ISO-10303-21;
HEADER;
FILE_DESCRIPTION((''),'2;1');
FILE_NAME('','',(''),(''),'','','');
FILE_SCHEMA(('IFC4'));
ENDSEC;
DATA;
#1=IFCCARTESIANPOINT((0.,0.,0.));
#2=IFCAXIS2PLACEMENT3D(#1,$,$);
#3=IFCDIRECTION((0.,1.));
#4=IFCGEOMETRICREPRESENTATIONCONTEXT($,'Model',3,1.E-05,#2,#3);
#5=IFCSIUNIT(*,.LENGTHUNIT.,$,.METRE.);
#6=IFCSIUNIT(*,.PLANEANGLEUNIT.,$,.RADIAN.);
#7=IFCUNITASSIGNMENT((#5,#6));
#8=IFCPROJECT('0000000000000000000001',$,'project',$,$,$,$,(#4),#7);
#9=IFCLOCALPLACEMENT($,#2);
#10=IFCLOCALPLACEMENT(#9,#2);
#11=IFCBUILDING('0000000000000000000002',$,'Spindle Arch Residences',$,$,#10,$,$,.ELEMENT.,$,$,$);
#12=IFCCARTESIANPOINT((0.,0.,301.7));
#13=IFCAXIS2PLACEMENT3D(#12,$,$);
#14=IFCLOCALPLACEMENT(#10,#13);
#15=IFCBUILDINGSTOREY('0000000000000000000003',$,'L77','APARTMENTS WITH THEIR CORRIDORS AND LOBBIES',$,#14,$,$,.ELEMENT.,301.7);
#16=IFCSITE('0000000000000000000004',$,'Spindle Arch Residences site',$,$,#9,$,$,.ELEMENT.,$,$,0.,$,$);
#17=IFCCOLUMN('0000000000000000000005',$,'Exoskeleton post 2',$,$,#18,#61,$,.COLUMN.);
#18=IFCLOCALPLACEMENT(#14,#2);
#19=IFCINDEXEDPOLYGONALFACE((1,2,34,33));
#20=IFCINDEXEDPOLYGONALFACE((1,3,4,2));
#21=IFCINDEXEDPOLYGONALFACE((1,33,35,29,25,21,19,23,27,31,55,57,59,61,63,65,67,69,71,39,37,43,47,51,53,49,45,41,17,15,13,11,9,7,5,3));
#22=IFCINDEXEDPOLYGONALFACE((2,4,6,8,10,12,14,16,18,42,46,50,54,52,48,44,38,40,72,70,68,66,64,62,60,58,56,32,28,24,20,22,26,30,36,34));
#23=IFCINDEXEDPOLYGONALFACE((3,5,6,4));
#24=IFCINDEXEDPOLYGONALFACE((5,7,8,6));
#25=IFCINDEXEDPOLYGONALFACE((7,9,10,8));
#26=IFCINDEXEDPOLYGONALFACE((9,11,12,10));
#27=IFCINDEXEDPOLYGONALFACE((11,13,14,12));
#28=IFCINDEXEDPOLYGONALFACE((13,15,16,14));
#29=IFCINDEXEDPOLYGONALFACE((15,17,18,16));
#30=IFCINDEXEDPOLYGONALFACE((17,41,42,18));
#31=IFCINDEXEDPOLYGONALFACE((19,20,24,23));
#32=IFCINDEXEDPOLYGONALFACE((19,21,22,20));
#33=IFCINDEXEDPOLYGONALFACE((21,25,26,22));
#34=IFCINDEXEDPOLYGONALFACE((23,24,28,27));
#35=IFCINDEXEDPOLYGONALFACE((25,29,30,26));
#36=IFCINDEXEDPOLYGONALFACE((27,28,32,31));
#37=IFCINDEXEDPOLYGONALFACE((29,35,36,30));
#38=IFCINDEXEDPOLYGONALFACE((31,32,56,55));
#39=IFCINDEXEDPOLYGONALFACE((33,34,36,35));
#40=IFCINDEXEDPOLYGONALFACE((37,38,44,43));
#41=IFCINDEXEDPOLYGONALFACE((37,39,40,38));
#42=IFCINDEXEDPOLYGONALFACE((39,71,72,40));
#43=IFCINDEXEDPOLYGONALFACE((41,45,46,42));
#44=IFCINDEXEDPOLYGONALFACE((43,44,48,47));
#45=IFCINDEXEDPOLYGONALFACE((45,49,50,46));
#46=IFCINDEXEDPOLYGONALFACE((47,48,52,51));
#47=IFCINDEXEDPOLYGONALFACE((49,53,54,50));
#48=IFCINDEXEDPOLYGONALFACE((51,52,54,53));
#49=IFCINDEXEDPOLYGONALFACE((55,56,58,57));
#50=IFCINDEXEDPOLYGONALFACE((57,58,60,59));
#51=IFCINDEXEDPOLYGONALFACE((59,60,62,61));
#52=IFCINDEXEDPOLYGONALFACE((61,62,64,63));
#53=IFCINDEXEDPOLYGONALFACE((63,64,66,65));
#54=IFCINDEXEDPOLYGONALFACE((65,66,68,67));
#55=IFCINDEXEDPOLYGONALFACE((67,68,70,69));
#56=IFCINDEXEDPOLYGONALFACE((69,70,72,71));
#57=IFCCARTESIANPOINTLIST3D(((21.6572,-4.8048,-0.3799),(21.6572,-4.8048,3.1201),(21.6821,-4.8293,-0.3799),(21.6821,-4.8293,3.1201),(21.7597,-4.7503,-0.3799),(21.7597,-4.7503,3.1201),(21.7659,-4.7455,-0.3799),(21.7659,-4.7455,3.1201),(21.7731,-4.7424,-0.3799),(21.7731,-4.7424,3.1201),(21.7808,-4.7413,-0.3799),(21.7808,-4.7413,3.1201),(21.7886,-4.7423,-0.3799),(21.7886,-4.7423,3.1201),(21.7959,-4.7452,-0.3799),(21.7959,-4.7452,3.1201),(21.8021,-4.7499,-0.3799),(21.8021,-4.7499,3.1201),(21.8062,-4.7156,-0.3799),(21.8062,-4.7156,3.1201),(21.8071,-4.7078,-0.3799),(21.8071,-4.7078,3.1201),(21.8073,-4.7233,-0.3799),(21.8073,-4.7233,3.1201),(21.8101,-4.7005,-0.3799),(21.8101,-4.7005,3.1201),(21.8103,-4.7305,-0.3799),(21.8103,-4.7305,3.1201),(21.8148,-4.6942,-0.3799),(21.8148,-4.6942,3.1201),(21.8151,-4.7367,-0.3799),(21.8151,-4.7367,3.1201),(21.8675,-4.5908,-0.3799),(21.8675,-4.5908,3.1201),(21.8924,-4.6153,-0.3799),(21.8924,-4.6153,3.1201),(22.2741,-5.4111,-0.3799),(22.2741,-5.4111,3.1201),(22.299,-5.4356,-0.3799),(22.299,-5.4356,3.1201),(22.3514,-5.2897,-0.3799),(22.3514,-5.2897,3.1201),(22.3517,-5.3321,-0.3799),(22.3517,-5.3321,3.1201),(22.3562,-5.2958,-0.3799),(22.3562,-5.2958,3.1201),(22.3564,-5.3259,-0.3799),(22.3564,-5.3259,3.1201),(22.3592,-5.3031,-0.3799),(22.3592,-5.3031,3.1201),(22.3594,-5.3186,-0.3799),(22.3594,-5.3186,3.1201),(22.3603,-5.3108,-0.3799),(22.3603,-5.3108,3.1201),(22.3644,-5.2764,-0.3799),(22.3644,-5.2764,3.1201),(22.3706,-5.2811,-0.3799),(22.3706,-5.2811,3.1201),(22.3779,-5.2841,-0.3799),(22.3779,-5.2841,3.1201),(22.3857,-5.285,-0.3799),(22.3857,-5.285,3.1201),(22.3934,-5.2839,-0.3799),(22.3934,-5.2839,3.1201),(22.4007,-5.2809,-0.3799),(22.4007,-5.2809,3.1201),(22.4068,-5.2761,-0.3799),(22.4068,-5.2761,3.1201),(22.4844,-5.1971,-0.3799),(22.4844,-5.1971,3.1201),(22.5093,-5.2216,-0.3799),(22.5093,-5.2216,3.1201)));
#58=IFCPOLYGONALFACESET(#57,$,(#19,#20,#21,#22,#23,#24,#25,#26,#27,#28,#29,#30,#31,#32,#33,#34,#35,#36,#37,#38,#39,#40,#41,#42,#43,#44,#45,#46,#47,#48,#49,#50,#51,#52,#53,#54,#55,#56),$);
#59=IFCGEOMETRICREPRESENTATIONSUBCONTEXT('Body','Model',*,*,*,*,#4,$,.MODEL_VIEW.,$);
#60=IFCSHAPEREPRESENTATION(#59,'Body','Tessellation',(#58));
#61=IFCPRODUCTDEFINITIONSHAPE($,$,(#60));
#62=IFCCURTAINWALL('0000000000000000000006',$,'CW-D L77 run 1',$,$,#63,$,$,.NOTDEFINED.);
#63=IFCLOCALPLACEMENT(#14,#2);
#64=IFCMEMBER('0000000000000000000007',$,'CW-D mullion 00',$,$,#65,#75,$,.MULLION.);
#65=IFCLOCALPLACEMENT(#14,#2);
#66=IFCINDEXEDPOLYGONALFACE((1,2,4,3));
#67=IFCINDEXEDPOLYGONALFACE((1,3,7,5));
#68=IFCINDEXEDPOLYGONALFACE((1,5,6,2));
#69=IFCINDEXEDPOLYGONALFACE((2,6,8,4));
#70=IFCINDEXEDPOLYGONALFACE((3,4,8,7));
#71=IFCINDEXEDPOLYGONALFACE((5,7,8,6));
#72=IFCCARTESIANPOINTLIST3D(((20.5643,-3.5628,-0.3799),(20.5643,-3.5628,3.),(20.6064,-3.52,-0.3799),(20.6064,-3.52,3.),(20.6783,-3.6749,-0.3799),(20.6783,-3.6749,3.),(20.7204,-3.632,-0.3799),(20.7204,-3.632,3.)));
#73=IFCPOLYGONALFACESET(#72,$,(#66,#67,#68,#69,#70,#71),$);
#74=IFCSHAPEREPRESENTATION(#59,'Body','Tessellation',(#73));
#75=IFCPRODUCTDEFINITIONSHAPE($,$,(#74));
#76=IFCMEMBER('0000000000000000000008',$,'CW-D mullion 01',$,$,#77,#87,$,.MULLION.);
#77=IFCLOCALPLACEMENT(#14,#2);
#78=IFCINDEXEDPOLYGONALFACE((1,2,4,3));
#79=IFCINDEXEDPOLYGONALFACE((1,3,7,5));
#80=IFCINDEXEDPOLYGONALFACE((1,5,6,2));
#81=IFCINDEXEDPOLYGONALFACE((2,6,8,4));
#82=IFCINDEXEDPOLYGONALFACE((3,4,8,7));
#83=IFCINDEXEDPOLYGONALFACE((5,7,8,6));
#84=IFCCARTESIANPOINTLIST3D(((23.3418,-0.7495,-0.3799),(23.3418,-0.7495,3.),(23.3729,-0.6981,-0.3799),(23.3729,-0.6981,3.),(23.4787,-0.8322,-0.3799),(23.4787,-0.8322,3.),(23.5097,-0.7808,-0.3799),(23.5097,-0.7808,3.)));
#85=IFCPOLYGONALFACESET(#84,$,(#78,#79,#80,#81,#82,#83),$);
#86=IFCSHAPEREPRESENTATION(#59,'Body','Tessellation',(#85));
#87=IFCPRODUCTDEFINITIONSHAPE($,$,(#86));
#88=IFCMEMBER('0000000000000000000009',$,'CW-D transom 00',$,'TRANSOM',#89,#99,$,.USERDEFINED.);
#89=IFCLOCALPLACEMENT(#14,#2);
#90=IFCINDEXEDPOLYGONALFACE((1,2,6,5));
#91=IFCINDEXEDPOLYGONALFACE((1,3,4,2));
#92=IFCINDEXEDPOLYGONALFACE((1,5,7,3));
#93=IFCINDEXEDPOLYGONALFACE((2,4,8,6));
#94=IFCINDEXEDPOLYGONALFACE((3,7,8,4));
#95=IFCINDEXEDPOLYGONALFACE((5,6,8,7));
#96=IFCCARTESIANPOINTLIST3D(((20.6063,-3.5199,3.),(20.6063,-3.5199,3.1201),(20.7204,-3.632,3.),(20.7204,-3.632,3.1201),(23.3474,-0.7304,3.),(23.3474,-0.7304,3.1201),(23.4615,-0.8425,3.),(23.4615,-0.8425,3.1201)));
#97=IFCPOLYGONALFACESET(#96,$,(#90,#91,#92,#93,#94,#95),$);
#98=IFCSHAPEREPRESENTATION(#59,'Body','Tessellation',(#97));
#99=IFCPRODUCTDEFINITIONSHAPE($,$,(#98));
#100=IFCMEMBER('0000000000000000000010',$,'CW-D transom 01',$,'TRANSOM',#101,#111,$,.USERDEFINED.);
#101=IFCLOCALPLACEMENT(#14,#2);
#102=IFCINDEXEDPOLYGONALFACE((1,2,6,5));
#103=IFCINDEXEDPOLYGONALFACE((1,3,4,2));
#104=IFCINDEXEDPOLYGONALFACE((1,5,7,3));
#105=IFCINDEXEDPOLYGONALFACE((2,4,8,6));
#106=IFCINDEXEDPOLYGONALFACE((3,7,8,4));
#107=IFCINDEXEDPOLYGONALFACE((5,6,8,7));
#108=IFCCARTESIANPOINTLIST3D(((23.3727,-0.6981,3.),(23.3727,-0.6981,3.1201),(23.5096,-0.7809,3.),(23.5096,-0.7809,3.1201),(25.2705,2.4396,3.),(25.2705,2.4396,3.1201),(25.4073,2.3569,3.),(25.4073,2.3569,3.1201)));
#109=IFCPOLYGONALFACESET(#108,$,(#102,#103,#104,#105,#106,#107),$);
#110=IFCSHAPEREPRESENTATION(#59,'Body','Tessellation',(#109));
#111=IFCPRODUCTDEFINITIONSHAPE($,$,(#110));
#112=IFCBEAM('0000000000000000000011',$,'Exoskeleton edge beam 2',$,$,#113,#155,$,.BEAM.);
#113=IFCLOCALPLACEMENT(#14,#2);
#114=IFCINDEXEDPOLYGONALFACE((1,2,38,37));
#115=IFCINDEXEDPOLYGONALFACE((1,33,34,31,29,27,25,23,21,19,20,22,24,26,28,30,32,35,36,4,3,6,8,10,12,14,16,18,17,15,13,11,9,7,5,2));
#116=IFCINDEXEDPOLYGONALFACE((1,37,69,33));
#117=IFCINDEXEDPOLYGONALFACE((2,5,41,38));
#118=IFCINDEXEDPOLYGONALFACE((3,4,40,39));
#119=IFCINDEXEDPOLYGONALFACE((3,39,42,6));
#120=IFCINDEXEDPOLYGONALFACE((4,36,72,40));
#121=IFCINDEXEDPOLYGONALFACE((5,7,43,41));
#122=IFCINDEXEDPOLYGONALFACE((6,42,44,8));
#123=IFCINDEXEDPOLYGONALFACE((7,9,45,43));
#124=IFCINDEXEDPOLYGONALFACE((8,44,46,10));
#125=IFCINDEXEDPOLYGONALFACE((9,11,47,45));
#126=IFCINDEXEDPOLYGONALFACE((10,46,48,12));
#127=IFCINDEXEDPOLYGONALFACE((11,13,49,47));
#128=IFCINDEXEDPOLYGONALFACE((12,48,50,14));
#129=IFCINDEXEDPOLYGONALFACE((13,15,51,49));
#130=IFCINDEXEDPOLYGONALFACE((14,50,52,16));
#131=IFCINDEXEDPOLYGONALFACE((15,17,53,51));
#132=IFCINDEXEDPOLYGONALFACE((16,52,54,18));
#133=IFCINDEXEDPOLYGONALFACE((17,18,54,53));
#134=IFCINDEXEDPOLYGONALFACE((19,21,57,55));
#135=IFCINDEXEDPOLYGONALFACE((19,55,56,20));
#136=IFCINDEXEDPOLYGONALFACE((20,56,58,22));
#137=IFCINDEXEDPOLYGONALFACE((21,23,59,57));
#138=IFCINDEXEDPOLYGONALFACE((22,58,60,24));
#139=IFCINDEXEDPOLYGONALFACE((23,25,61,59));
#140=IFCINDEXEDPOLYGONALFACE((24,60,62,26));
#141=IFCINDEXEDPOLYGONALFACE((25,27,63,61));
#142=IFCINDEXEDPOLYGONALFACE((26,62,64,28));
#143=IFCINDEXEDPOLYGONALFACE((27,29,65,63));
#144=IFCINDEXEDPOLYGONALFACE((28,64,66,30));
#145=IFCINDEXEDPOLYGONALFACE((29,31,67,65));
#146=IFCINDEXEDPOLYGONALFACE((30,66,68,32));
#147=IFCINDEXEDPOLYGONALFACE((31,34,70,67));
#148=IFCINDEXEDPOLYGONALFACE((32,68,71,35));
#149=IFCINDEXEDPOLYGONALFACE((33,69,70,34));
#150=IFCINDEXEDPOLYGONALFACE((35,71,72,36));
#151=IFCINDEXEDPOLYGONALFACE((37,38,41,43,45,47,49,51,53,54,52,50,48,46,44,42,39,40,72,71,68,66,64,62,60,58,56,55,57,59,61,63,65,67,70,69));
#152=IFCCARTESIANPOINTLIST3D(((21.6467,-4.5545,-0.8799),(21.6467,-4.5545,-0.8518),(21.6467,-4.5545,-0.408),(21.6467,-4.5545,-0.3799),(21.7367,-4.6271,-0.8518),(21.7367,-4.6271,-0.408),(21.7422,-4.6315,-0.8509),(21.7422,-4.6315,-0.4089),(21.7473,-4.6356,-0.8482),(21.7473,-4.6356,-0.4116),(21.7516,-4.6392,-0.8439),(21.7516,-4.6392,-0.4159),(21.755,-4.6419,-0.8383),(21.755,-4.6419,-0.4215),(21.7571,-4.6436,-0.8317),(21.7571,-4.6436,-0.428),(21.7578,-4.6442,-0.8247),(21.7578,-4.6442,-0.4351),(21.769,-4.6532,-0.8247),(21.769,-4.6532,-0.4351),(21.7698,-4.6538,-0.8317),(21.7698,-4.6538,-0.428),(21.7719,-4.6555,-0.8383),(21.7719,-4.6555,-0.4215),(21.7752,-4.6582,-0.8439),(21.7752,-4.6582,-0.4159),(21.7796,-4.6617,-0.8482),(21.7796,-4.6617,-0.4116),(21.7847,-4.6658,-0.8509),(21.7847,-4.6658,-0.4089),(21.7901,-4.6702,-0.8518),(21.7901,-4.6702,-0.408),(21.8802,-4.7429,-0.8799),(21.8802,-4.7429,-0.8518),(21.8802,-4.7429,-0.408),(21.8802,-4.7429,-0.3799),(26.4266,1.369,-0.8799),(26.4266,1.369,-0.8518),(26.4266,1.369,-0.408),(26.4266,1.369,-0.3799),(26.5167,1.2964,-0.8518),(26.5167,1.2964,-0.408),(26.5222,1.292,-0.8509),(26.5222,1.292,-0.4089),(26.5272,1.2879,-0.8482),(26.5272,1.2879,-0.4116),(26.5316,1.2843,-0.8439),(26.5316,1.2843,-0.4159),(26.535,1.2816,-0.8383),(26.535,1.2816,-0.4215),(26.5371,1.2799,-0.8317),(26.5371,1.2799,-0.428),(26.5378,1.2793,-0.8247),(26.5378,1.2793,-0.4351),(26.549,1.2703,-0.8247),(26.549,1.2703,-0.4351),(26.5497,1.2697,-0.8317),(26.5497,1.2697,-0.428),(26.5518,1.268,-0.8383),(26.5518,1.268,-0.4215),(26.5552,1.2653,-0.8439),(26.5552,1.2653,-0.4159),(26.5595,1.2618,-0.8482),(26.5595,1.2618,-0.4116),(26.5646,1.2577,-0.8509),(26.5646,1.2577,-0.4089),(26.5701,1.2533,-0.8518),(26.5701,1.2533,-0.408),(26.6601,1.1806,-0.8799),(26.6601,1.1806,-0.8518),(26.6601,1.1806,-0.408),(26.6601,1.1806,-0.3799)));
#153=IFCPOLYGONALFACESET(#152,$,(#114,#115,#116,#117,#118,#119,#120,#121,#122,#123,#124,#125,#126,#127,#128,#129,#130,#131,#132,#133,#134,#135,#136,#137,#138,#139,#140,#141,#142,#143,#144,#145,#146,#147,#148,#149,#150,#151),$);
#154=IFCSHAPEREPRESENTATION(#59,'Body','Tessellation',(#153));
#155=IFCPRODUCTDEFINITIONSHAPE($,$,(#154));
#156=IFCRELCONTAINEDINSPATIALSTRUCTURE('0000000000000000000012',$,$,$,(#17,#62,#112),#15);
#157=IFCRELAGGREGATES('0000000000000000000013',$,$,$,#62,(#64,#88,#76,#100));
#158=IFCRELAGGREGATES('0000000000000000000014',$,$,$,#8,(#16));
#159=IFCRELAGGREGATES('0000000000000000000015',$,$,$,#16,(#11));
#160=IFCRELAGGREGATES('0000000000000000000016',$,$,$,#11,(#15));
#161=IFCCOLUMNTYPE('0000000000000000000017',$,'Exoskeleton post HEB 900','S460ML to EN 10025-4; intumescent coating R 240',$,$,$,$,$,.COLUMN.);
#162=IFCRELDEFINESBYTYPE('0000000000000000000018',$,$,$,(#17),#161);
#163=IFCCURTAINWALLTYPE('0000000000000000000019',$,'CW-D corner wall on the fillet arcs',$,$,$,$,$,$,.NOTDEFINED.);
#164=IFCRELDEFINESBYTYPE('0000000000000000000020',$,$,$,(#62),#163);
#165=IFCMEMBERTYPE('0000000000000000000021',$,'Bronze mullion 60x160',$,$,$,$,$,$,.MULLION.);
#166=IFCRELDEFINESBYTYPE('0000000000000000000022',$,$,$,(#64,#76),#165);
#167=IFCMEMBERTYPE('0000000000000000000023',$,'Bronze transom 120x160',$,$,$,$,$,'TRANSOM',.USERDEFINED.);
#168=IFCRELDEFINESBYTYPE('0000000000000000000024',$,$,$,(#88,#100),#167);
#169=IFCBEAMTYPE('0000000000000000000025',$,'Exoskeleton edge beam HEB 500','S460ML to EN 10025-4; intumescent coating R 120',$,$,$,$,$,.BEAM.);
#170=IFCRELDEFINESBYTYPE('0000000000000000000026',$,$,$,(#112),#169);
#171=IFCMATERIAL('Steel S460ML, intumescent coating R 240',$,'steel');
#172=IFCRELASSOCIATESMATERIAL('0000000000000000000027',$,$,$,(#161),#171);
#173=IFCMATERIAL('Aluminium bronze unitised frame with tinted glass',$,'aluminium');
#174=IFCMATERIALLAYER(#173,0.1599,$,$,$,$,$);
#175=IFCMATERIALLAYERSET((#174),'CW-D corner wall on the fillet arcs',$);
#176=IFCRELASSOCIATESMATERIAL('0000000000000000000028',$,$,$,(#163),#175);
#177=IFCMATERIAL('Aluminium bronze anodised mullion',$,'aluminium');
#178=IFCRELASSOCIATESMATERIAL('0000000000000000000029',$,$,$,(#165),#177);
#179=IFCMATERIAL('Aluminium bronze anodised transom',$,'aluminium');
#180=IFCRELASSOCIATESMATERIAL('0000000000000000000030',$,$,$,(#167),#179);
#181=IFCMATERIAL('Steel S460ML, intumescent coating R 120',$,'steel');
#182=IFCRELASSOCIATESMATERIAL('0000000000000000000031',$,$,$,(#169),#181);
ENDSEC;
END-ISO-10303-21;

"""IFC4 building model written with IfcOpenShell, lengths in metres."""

from ifc_helpers import new_model, si_unit, direction, frame, origin, origin_2d, place, context, subcontext, project, spatial, rectangle, i_section, extrude, material, layer, layer_set, material_profile, profile_set, type_object, element, aggregate, save


model = new_model("IFC4")

# Units and contexts
model_context = context("Model", 3, precision=1e-05, world=origin(), true_north=direction((0.0, 1.0)))
body_context = subcontext(model_context, "Body", "Model", "MODEL_VIEW")
ifc_project = project(units=[si_unit("LENGTHUNIT", "METRE"), si_unit("PLANEANGLEUNIT", "RADIAN")], contexts=[model_context])

# Site, building, storey
site_placement = place(None, origin())
site = spatial("IfcSite", under=ifc_project, at=site_placement, Name="Spindle Arch Residences site", CompositionType="ELEMENT", RefElevation=0.0)
building_placement = place(site_placement, origin())
building = spatial("IfcBuilding", under=site, at=building_placement, Name="Spindle Arch Residences", CompositionType="ELEMENT")
storey_placement = place(building_placement, frame((0.0, 0.0, 301.7)))
storey = spatial("IfcBuildingStorey", under=building, at=storey_placement, Name="L77", Description="APARTMENTS WITH THEIR CORRIDORS AND LOBBIES", CompositionType="ELEMENT", Elevation=301.7)

# Column
ifc_material_1 = material(Name="Steel S460ML, intumescent coating R 240", Category="steel")
ifc_material_profile_1 = material_profile(ifc_material_1, i_section(OverallWidth=0.3, OverallDepth=0.8999, WebThickness=0.0186, FlangeThickness=0.0349, FilletRadius=0.03, at=origin_2d()), Name="HEB 900")
ifc_profile_set_1 = profile_set([ifc_material_profile_1], Name="Steel S460ML, intumescent coating R 240")
column_type = type_object("IfcColumnType", Name="Exoskeleton post HEB 900", Description="S460ML to EN 10025-4; intumescent coating R 240", PredefinedType="COLUMN", material=ifc_profile_set_1)
column_placement = place(storey_placement, frame((22.0833, -5.0132, -0.3799), z_axis=(0.0, 0.0, 1.0), x_axis=(-0.700909, -0.71325, 0.0)))
element("IfcColumn", 1, at=column_placement, inside=storey, type_object=column_type, Name="Exoskeleton post 2", PredefinedType="COLUMN", context=body_context, shape_type="SweptSolid", body=[
    extrude(i_section(OverallWidth=0.3, OverallDepth=0.8999, WebThickness=0.0186, FlangeThickness=0.0349, FilletRadius=0.03, at=origin_2d()), origin(), (0.0, 0.0, 1.0), 3.5),
])

# Curtain wall, members
ifc_material_2 = material(Name="Aluminium bronze unitised frame with tinted glass", Category="aluminium")
ifc_layer_1 = layer(ifc_material_2, 0.1599)
ifc_layer_set_1 = layer_set([ifc_layer_1], Name="CW-D corner wall on the fillet arcs")
curtain_wall_type_1 = type_object("IfcCurtainWallType", Name="CW-D corner wall on the fillet arcs", PredefinedType="NOTDEFINED", material=ifc_layer_set_1)
curtain_wall_1_placement = place(storey_placement, origin())
curtain_wall_1 = element("IfcCurtainWall", 2, at=curtain_wall_1_placement, inside=storey, type_object=curtain_wall_type_1, Name="CW-D L77 run 1", PredefinedType="NOTDEFINED")
ifc_material_3 = material(Name="Aluminium bronze anodised mullion", Category="aluminium")
ifc_material_profile_2 = material_profile(ifc_material_3, rectangle(XDim=0.1599, YDim=0.0601, at=origin_2d()), Name="MU 60x160")
ifc_profile_set_2 = profile_set([ifc_material_profile_2], Name="Aluminium bronze anodised mullion")
member_type_1 = type_object("IfcMemberType", Name="Bronze mullion 60x160", PredefinedType="MULLION", material=ifc_profile_set_2)
member_1_placement = place(storey_placement, frame((20.6423, -3.5974, -0.3799), z_axis=(0.0, 0.0, 1.0), x_axis=(-0.71325, 0.700909, 0.0)))
member_1 = element("IfcMember", 3, at=member_1_placement, type_object=member_type_1, Name="CW-D mullion 00", PredefinedType="MULLION", context=body_context, shape_type="SweptSolid", body=[
    extrude(rectangle(XDim=0.1599, YDim=0.0601, at=origin_2d()), origin(), (0.0, 0.0, 1.0), 3.3799),
])
member_2_placement = place(storey_placement, frame((23.4258, -0.7651, -0.3799), z_axis=(0.0, 0.0, 1.0), x_axis=(-0.855665, 0.517529, 0.0)))
member_2 = element("IfcMember", 4, at=member_2_placement, type_object=member_type_1, Name="CW-D mullion 01", PredefinedType="MULLION", context=body_context, shape_type="SweptSolid", body=[
    extrude(rectangle(XDim=0.1599, YDim=0.0601, at=origin_2d()), origin(), (0.0, 0.0, 1.0), 3.3799),
])
ifc_material_4 = material(Name="Aluminium bronze anodised transom", Category="aluminium")
ifc_material_profile_3 = material_profile(ifc_material_4, rectangle(XDim=0.1599, YDim=0.1201, at=origin_2d()), Name="TR 120x160")
ifc_profile_set_3 = profile_set([ifc_material_profile_3], Name="Aluminium bronze anodised transom")
member_type_2 = type_object("IfcMemberType", Name="Bronze transom 120x160", ElementType="TRANSOM", PredefinedType="USERDEFINED", material=ifc_profile_set_3)
member_3_placement = place(storey_placement, frame((20.6633, -3.5759, 3.0601), z_axis=(0.7009, 0.71326, 0.0), x_axis=(-0.71326, 0.7009, 0.0)))
member_3 = element("IfcMember", 5, at=member_3_placement, type_object=member_type_2, Name="CW-D transom 00", ObjectType="TRANSOM", PredefinedType="USERDEFINED", context=body_context, shape_type="SweptSolid", body=[
    extrude(rectangle(XDim=0.1599, YDim=0.1201, at=origin_2d()), origin(), (0.0, 0.0, 1.0), 3.9109),
])
member_4_placement = place(storey_placement, frame((23.4412, -0.7395, 3.0601), z_axis=(0.517518, 0.855672, 0.0), x_axis=(-0.855672, 0.517518, 0.0)))
member_4 = element("IfcMember", 6, at=member_4_placement, type_object=member_type_2, Name="CW-D transom 01", ObjectType="TRANSOM", PredefinedType="USERDEFINED", context=body_context, shape_type="SweptSolid", body=[
    extrude(rectangle(XDim=0.1599, YDim=0.1201, at=origin_2d()), origin(), (0.0, 0.0, 1.0), 3.667),
])

# Beam
ifc_material_5 = material(Name="Steel S460ML, intumescent coating R 120", Category="steel")
ifc_material_profile_4 = material_profile(ifc_material_5, i_section(OverallWidth=0.3, OverallDepth=0.5, WebThickness=0.0144, FlangeThickness=0.0281, FilletRadius=0.0271, at=origin_2d()), Name="HEB 500")
ifc_profile_set_4 = profile_set([ifc_material_profile_4], Name="Steel S460ML, intumescent coating R 120")
beam_type_1 = type_object("IfcBeamType", Name="Exoskeleton edge beam HEB 500", Description="S460ML to EN 10025-4; intumescent coating R 120", PredefinedType="BEAM", material=ifc_profile_set_4)
beam_1_placement = place(storey_placement, frame((21.7634, -4.6487, -0.6299), z_axis=(0.627987, 0.778224, 0.0), x_axis=(-0.778224, 0.627987, 0.0)))
element("IfcBeam", 7, at=beam_1_placement, inside=storey, type_object=beam_type_1, Name="Exoskeleton edge beam 2", PredefinedType="BEAM", context=body_context, shape_type="SweptSolid", body=[
    extrude(i_section(OverallWidth=0.3, OverallDepth=0.5, WebThickness=0.0144, FlangeThickness=0.0281, FilletRadius=0.0271, at=origin_2d()), origin(), (0.0, 0.0, 1.0), 7.6116),
])

aggregate(curtain_wall_1, [member_1, member_3, member_2, member_4])

save(model, "model.ifc")
